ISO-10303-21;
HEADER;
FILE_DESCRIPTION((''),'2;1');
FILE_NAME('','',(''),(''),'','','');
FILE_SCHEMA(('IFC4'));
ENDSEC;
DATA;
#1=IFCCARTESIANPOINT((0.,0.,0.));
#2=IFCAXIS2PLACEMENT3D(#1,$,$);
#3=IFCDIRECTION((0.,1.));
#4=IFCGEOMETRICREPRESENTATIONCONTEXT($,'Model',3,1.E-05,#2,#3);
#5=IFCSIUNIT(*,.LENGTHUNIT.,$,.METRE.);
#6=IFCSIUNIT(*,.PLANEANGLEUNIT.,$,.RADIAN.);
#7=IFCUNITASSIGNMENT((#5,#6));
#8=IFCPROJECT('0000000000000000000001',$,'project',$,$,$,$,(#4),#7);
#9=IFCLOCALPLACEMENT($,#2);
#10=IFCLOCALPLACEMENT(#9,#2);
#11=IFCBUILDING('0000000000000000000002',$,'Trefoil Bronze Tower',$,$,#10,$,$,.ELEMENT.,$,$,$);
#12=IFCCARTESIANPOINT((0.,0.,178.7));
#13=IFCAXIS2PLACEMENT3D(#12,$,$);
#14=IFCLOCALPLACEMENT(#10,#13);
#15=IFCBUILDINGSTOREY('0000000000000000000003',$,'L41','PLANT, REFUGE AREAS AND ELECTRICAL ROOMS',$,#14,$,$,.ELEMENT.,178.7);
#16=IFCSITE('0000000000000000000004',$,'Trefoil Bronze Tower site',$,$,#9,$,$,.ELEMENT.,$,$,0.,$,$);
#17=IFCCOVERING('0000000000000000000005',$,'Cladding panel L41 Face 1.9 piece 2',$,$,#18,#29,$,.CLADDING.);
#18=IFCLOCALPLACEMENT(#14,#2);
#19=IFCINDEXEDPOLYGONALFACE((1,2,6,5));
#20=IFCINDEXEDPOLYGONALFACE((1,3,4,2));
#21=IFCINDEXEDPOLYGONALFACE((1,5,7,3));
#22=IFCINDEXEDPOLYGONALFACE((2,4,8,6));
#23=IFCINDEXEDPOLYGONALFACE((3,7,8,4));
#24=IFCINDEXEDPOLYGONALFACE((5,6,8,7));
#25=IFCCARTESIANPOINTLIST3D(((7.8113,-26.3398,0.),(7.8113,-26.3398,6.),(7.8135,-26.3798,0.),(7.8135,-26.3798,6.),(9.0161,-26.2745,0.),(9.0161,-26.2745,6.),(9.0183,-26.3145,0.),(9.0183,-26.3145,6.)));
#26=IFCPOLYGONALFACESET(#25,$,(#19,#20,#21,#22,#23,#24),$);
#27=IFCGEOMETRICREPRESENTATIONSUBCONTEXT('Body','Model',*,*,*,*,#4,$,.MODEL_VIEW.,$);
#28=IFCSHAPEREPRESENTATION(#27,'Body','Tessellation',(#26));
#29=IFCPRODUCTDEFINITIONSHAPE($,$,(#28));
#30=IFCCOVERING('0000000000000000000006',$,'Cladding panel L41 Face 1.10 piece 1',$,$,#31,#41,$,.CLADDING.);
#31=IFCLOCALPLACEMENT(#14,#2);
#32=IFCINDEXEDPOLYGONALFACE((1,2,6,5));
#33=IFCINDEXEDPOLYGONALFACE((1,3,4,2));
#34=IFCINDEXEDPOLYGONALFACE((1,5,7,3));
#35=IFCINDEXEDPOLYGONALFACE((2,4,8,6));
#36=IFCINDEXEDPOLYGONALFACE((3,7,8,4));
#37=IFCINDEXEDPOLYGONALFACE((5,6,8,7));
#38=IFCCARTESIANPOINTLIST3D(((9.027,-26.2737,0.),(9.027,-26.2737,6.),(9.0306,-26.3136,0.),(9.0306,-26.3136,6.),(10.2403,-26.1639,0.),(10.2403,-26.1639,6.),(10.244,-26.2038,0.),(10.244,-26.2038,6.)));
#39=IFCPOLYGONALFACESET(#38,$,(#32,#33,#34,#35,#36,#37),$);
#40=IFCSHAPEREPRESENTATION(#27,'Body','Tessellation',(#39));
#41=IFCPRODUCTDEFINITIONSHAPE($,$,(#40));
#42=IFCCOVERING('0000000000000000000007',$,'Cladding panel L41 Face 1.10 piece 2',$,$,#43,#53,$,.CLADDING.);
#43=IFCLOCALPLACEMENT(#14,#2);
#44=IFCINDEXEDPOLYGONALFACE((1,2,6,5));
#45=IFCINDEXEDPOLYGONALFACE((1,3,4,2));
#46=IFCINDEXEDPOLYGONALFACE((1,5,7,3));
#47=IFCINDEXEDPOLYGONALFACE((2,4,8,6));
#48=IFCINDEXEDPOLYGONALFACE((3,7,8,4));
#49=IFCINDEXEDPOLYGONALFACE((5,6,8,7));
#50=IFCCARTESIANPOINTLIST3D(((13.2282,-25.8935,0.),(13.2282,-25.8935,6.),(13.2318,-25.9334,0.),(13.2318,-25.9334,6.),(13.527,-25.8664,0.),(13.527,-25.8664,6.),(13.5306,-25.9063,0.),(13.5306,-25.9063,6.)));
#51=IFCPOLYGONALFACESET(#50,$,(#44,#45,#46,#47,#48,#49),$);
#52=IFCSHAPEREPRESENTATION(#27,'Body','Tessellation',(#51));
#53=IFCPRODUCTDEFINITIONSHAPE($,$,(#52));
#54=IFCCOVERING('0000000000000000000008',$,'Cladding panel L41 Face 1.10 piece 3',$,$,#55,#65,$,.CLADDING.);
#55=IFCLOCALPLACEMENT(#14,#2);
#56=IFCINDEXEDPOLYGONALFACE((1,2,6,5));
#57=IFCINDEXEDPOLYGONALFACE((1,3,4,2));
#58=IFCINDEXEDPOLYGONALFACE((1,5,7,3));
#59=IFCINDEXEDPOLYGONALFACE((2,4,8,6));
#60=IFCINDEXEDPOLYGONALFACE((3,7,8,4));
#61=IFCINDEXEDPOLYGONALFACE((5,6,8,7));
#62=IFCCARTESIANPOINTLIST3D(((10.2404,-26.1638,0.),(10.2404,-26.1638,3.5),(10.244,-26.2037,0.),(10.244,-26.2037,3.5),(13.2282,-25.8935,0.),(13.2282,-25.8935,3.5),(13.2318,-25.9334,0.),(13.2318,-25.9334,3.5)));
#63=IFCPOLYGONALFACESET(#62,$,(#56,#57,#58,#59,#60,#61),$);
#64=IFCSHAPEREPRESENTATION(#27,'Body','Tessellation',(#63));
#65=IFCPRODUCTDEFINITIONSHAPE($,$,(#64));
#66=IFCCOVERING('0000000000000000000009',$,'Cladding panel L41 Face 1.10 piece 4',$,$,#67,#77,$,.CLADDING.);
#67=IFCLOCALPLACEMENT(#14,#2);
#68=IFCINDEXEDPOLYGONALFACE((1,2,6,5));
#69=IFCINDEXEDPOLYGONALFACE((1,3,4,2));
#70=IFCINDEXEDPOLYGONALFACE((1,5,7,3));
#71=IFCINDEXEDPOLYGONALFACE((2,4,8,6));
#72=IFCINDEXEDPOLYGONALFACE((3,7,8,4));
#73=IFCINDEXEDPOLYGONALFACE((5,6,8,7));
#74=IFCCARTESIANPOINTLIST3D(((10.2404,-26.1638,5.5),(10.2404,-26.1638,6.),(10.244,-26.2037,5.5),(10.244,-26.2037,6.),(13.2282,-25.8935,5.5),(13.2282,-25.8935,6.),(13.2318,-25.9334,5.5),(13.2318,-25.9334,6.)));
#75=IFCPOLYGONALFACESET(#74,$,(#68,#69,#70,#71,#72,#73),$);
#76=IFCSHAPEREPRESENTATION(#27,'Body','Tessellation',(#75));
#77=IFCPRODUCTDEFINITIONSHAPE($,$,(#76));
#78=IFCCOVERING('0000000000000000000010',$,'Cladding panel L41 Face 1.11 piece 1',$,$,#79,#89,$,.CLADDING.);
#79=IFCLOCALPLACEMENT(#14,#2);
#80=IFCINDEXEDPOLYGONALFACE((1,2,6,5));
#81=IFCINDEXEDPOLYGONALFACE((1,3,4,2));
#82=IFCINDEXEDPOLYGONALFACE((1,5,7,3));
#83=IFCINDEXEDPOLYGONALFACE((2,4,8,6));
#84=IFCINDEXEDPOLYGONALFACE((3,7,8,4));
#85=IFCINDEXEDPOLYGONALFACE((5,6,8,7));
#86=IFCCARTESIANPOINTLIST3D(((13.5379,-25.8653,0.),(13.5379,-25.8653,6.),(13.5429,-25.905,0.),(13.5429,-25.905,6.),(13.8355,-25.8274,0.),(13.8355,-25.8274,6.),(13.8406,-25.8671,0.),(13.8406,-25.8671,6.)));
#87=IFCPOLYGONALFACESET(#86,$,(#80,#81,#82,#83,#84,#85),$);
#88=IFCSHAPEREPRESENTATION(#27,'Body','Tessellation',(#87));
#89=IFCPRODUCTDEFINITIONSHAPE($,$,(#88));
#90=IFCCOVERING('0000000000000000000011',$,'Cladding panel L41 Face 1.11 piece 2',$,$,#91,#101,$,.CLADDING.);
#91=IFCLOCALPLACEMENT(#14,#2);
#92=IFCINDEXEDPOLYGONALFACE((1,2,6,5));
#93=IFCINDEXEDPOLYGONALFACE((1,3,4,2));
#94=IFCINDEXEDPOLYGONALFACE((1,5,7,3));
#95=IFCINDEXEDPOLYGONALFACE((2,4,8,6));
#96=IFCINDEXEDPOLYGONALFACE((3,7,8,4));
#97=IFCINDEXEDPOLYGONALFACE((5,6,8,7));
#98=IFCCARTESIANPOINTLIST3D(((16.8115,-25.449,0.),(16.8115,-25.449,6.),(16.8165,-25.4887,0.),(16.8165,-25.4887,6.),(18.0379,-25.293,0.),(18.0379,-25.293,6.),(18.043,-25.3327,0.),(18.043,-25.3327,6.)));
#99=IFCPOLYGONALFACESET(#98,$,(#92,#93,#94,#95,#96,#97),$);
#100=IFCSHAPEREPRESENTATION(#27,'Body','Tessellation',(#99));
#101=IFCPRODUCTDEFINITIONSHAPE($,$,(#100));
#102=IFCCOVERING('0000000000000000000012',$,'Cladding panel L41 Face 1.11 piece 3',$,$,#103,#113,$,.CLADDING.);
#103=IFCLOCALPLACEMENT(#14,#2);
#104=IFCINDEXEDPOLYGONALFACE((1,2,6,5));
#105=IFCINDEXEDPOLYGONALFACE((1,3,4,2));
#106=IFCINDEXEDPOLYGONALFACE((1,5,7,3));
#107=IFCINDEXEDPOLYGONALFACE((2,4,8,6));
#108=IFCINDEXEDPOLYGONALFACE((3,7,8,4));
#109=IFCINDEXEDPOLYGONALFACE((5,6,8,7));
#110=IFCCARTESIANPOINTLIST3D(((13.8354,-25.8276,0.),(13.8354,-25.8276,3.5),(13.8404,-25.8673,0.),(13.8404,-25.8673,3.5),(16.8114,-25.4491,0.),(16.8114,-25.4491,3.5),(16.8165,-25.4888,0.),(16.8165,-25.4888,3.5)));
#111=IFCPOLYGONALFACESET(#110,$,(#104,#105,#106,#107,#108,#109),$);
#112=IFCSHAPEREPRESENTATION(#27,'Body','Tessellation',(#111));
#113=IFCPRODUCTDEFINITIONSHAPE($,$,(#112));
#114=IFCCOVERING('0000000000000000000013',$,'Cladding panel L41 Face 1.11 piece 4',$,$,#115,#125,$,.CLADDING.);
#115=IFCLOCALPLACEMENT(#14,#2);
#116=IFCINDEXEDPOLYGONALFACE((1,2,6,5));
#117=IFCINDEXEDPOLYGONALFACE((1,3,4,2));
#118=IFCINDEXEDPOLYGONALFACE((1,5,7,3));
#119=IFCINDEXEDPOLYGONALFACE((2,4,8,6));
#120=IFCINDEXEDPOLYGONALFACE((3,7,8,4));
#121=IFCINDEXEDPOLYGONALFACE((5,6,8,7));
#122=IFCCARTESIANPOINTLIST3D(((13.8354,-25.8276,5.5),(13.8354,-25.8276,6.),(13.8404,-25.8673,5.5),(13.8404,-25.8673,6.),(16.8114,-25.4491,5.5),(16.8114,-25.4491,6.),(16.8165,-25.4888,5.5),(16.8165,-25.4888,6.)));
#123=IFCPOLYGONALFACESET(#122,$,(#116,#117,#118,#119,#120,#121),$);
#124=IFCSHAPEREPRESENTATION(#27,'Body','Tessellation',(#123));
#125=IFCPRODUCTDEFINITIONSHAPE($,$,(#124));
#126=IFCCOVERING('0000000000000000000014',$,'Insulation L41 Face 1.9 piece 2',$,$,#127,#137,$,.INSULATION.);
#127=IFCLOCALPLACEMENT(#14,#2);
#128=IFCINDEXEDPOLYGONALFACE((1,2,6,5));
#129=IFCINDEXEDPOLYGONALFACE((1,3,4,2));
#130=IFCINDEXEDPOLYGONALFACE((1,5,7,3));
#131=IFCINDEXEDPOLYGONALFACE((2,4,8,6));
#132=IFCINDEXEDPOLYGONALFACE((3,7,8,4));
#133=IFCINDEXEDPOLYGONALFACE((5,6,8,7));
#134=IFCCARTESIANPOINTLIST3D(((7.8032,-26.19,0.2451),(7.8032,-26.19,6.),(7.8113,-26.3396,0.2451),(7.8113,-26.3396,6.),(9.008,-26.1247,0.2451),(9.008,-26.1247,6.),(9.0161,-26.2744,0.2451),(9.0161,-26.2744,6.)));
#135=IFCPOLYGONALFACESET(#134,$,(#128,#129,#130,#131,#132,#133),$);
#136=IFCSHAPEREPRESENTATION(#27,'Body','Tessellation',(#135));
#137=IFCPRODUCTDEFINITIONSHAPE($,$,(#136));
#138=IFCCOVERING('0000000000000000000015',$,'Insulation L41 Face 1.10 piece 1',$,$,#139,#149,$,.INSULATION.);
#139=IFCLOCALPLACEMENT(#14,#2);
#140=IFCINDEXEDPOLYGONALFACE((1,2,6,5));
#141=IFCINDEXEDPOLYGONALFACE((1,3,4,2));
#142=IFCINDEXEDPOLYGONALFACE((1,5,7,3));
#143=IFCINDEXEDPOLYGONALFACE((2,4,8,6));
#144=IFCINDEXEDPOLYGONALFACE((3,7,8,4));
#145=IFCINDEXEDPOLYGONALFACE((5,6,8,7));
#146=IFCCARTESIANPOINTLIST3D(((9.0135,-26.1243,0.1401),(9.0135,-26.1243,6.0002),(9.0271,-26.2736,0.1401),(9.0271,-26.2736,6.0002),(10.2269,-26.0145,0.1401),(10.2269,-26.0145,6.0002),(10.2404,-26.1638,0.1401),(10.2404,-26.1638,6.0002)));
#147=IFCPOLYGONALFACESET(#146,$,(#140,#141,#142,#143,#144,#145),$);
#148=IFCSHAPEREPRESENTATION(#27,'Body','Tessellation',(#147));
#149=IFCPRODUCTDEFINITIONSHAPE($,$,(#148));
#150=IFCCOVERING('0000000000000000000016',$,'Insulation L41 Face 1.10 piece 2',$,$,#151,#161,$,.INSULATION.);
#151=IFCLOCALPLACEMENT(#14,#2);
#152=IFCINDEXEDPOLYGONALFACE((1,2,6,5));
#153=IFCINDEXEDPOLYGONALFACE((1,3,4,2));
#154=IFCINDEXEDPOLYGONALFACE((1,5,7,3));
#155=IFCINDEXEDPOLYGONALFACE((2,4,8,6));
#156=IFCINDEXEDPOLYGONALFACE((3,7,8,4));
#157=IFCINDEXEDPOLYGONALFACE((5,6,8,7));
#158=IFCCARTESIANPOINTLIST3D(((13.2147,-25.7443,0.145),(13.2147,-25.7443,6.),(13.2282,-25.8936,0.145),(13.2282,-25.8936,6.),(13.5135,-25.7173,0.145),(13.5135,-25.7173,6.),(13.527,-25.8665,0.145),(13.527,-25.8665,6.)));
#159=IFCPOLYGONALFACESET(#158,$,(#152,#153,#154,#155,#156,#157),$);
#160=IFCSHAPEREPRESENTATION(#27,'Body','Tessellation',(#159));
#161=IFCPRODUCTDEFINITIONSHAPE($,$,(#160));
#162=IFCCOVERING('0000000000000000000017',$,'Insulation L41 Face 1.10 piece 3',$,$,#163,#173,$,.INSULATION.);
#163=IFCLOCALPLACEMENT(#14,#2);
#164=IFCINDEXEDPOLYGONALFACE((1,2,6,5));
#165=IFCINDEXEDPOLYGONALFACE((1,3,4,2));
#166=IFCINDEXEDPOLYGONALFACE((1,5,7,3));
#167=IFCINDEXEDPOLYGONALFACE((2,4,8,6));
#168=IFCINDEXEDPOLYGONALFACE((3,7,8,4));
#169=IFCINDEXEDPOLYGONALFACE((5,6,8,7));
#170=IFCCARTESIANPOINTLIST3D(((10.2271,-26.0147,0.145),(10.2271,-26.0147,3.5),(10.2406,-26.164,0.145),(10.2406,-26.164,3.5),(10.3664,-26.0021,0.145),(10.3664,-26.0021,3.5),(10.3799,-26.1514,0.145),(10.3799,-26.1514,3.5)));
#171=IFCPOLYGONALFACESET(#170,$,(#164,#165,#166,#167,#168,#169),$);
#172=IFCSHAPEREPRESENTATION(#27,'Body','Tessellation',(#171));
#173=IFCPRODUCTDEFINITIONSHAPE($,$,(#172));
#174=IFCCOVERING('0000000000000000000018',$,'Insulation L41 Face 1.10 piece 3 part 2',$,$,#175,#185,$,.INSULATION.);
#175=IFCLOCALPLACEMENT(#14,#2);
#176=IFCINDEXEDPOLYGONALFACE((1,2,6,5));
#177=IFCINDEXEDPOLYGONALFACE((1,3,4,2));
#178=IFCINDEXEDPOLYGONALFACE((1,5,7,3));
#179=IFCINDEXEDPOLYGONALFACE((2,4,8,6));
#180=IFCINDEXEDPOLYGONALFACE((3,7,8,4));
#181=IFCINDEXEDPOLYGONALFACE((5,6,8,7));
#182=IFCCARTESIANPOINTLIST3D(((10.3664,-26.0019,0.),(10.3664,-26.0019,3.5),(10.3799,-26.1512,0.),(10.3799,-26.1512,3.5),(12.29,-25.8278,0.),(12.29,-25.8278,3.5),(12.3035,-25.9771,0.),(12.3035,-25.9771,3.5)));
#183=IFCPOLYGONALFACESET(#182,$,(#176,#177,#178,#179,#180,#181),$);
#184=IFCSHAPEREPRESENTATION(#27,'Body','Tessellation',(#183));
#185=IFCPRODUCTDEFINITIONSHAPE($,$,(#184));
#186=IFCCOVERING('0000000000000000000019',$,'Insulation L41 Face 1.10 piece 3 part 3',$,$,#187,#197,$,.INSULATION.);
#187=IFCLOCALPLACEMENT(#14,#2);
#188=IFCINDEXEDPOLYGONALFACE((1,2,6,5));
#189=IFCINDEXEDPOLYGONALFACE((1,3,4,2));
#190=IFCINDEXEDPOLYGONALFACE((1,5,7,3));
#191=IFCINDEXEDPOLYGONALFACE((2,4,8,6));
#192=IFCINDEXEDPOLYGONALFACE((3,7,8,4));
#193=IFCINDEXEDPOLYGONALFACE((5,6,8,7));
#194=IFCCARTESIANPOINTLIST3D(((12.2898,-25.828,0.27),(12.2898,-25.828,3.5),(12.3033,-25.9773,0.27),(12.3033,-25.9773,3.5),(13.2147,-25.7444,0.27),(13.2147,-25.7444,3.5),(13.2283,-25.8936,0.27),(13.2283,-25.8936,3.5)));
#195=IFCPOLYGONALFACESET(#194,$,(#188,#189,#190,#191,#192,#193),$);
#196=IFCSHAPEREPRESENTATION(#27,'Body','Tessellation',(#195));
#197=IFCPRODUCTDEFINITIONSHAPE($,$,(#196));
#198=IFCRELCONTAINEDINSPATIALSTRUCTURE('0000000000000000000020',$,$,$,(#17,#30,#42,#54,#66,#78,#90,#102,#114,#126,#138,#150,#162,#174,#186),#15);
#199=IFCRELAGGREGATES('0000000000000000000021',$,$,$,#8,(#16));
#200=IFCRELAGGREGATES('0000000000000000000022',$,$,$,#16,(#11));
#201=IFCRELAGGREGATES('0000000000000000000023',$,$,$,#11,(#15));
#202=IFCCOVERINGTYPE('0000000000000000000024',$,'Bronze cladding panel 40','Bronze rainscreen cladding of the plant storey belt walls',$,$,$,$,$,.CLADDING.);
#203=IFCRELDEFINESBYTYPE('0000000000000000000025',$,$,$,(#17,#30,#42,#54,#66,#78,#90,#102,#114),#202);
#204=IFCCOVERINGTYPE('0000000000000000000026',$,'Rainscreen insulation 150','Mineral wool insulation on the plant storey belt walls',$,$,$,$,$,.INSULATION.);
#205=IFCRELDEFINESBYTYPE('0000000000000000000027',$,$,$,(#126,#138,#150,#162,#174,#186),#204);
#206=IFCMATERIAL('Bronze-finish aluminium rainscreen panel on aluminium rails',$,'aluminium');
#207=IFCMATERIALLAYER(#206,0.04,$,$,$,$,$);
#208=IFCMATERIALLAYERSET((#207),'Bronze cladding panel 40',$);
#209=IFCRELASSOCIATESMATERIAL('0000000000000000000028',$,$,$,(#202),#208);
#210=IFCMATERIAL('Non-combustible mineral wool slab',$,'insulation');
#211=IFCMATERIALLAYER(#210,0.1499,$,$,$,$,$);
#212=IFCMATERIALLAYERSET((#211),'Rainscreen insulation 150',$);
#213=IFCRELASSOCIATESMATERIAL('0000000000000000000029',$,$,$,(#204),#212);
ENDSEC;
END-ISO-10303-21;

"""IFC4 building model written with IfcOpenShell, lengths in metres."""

from ifc_helpers import new_model, si_unit, direction, frame, origin, origin_2d, place, context, subcontext, project, spatial, rectangle, extrude, material, layer, layer_set, type_object, element, save


model = new_model("IFC4")

# Units and contexts
model_context = context("Model", 3, precision=1e-05, world=origin(), true_north=direction((0.0, 1.0)))
body_context = subcontext(model_context, "Body", "Model", "MODEL_VIEW")
ifc_project = project(units=[si_unit("LENGTHUNIT", "METRE"), si_unit("PLANEANGLEUNIT", "RADIAN")], contexts=[model_context])

# Site, building, storey
site_placement = place(None, origin())
site = spatial("IfcSite", under=ifc_project, at=site_placement, Name="Trefoil Bronze Tower site", CompositionType="ELEMENT", RefElevation=0.0)
building_placement = place(site_placement, origin())
building = spatial("IfcBuilding", under=site, at=building_placement, Name="Trefoil Bronze Tower", CompositionType="ELEMENT")
storey_placement = place(building_placement, frame((0.0, 0.0, 178.7)))
storey = spatial("IfcBuildingStorey", under=building, at=storey_placement, Name="L41", Description="PLANT, REFUGE AREAS AND ELECTRICAL ROOMS", CompositionType="ELEMENT", Elevation=178.7)

# Coverings
ifc_material_1 = material(Name="Bronze-finish aluminium rainscreen panel on aluminium rails", Category="aluminium")
ifc_layer_1 = layer(ifc_material_1, 0.04)
ifc_layer_set_1 = layer_set([ifc_layer_1], Name="Bronze cladding panel 40")
covering_type_1 = type_object("IfcCoveringType", Name="Bronze cladding panel 40", Description="Bronze rainscreen cladding of the plant storey belt walls", PredefinedType="CLADDING", material=ifc_layer_set_1)
covering_1_placement = place(storey_placement, frame((8.4148, -26.3271, 0.0), z_axis=(0.0, 0.0, 1.0), x_axis=(0.998538, 0.054063, 0.0)))
element("IfcCovering", 1, at=covering_1_placement, inside=storey, type_object=covering_type_1, Name="Cladding panel L41 Face 1.9 piece 2", PredefinedType="CLADDING", context=body_context, shape_type="SweptSolid", body=[
    extrude(rectangle(XDim=1.2065, YDim=0.04, at=origin_2d()), origin(), (0.0, 0.0, 1.0), 6.0),
])
covering_2_placement = place(storey_placement, frame((9.6355, -26.2388, 0.0), z_axis=(0.0, 0.0, 1.0), x_axis=(0.995932, 0.090105, 0.0)))
element("IfcCovering", 2, at=covering_2_placement, inside=storey, type_object=covering_type_1, Name="Cladding panel L41 Face 1.10 piece 1", PredefinedType="CLADDING", context=body_context, shape_type="SweptSolid", body=[
    extrude(rectangle(XDim=1.2183, YDim=0.04, at=origin_2d()), origin(), (0.0, 0.0, 1.0), 6.0),
])
covering_3_placement = place(storey_placement, frame((13.3794, -25.8999, 0.0), z_axis=(0.0, 0.0, 1.0), x_axis=(0.995932, 0.090105, 0.0)))
element("IfcCovering", 3, at=covering_3_placement, inside=storey, type_object=covering_type_1, Name="Cladding panel L41 Face 1.10 piece 2", PredefinedType="CLADDING", context=body_context, shape_type="SweptSolid", body=[
    extrude(rectangle(XDim=0.3, YDim=0.04, at=origin_2d()), origin(), (0.0, 0.0, 1.0), 6.0),
])
covering_4_placement = place(storey_placement, frame((11.7361, -26.0486, 0.0), z_axis=(0.0, 0.0, 1.0), x_axis=(0.995932, 0.090105, 0.0)))
element("IfcCovering", 4, at=covering_4_placement, inside=storey, type_object=covering_type_1, Name="Cladding panel L41 Face 1.10 piece 3", PredefinedType="CLADDING", context=body_context, shape_type="SweptSolid", body=[
    extrude(rectangle(XDim=3.0, YDim=0.04, at=origin_2d()), origin(), (0.0, 0.0, 1.0), 3.5),
])
covering_5_placement = place(storey_placement, frame((11.7361, -26.0486, 5.5), z_axis=(0.0, 0.0, 1.0), x_axis=(0.995932, 0.090105, 0.0)))
element("IfcCovering", 5, at=covering_5_placement, inside=storey, type_object=covering_type_1, Name="Cladding panel L41 Face 1.10 piece 4", PredefinedType="CLADDING", context=body_context, shape_type="SweptSolid", body=[
    extrude(rectangle(XDim=3.0, YDim=0.04, at=origin_2d()), origin(), (0.0, 0.0, 1.0), 0.5),
])
covering_6_placement = place(storey_placement, frame((13.6892, -25.8662, 0.0), z_axis=(0.0, 0.0, 1.0), x_axis=(0.992012, 0.126147, 0.0)))
element("IfcCovering", 6, at=covering_6_placement, inside=storey, type_object=covering_type_1, Name="Cladding panel L41 Face 1.11 piece 1", PredefinedType="CLADDING", context=body_context, shape_type="SweptSolid", body=[
    extrude(rectangle(XDim=0.3, YDim=0.04, at=origin_2d()), origin(), (0.0, 0.0, 1.0), 6.0),
])
covering_7_placement = place(storey_placement, frame((17.4272, -25.3909, 0.0), z_axis=(0.0, 0.0, 1.0), x_axis=(0.992012, 0.126147, 0.0)))
element("IfcCovering", 7, at=covering_7_placement, inside=storey, type_object=covering_type_1, Name="Cladding panel L41 Face 1.11 piece 2", PredefinedType="CLADDING", context=body_context, shape_type="SweptSolid", body=[
    extrude(rectangle(XDim=1.2363, YDim=0.04, at=origin_2d()), origin(), (0.0, 0.0, 1.0), 6.0),
])
covering_8_placement = place(storey_placement, frame((15.3259, -25.6582, 0.0), z_axis=(0.0, 0.0, 1.0), x_axis=(0.992012, 0.126147, 0.0)))
element("IfcCovering", 8, at=covering_8_placement, inside=storey, type_object=covering_type_1, Name="Cladding panel L41 Face 1.11 piece 3", PredefinedType="CLADDING", context=body_context, shape_type="SweptSolid", body=[
    extrude(rectangle(XDim=3.0, YDim=0.04, at=origin_2d()), origin(), (0.0, 0.0, 1.0), 3.5),
])
covering_9_placement = place(storey_placement, frame((15.3259, -25.6582, 5.5), z_axis=(0.0, 0.0, 1.0), x_axis=(0.992012, 0.126147, 0.0)))
element("IfcCovering", 9, at=covering_9_placement, inside=storey, type_object=covering_type_1, Name="Cladding panel L41 Face 1.11 piece 4", PredefinedType="CLADDING", context=body_context, shape_type="SweptSolid", body=[
    extrude(rectangle(XDim=3.0, YDim=0.04, at=origin_2d()), origin(), (0.0, 0.0, 1.0), 0.5),
])
ifc_material_2 = material(Name="Non-combustible mineral wool slab", Category="insulation")
ifc_layer_2 = layer(ifc_material_2, 0.1499)
ifc_layer_set_2 = layer_set([ifc_layer_2], Name="Rainscreen insulation 150")
covering_type_2 = type_object("IfcCoveringType", Name="Rainscreen insulation 150", Description="Mineral wool insulation on the plant storey belt walls", PredefinedType="INSULATION", material=ifc_layer_set_2)
covering_10_placement = place(storey_placement, frame((8.4097, -26.2322, 0.2451), z_axis=(0.0, 0.0, 1.0), x_axis=(0.998538, 0.054063, 0.0)))
element("IfcCovering", 10, at=covering_10_placement, inside=storey, type_object=covering_type_2, Name="Insulation L41 Face 1.9 piece 2", PredefinedType="INSULATION", context=body_context, shape_type="SweptSolid", body=[
    extrude(rectangle(XDim=1.2065, YDim=0.1499, at=origin_2d()), origin(), (0.0, 0.0, 1.0), 5.7549),
])
covering_11_placement = place(storey_placement, frame((9.627, -26.144, 0.1401), z_axis=(0.0, 0.0, 1.0), x_axis=(0.995932, 0.090105, 0.0)))
element("IfcCovering", 11, at=covering_11_placement, inside=storey, type_object=covering_type_2, Name="Insulation L41 Face 1.10 piece 1", PredefinedType="INSULATION", context=body_context, shape_type="SweptSolid", body=[
    extrude(rectangle(XDim=1.2183, YDim=0.1499, at=origin_2d()), origin(), (0.0, 0.0, 1.0), 5.8601),
])
covering_12_placement = place(storey_placement, frame((13.3708, -25.8054, 0.145), z_axis=(0.0, 0.0, 1.0), x_axis=(0.995932, 0.090105, 0.0)))
element("IfcCovering", 12, at=covering_12_placement, inside=storey, type_object=covering_type_2, Name="Insulation L41 Face 1.10 piece 2", PredefinedType="INSULATION", context=body_context, shape_type="SweptSolid", body=[
    extrude(rectangle(XDim=0.3, YDim=0.1499, at=origin_2d()), origin(), (0.0, 0.0, 1.0), 5.855),
])
covering_13_placement = place(storey_placement, frame((10.3035, -26.083, 0.145), z_axis=(0.0, 0.0, 1.0), x_axis=(0.995932, 0.090105, 0.0)))
element("IfcCovering", 13, at=covering_13_placement, inside=storey, type_object=covering_type_2, Name="Insulation L41 Face 1.10 piece 3", PredefinedType="INSULATION", context=body_context, shape_type="SweptSolid", body=[
    extrude(rectangle(XDim=0.1399, YDim=0.1499, at=origin_2d()), origin(), (0.0, 0.0, 1.0), 3.355),
])
covering_14_placement = place(storey_placement, frame((11.335, -25.9895, 0.0), z_axis=(0.0, 0.0, 1.0), x_axis=(0.995932, 0.090105, 0.0)))
element("IfcCovering", 14, at=covering_14_placement, inside=storey, type_object=covering_type_2, Name="Insulation L41 Face 1.10 piece 3 part 2", PredefinedType="INSULATION", context=body_context, shape_type="SweptSolid", body=[
    extrude(rectangle(XDim=1.9314, YDim=0.1499, at=origin_2d()), origin(), (0.0, 0.0, 1.0), 3.5),
])
covering_15_placement = place(storey_placement, frame((12.759, -25.8608, 0.27), z_axis=(0.0, 0.0, 1.0), x_axis=(0.995932, 0.090105, 0.0)))
element("IfcCovering", 15, at=covering_15_placement, inside=storey, type_object=covering_type_2, Name="Insulation L41 Face 1.10 piece 3 part 3", PredefinedType="INSULATION", context=body_context, shape_type="SweptSolid", body=[
    extrude(rectangle(XDim=0.9287, YDim=0.1499, at=origin_2d()), origin(), (0.0, 0.0, 1.0), 3.23),
])

save(model, "model.ifc")
